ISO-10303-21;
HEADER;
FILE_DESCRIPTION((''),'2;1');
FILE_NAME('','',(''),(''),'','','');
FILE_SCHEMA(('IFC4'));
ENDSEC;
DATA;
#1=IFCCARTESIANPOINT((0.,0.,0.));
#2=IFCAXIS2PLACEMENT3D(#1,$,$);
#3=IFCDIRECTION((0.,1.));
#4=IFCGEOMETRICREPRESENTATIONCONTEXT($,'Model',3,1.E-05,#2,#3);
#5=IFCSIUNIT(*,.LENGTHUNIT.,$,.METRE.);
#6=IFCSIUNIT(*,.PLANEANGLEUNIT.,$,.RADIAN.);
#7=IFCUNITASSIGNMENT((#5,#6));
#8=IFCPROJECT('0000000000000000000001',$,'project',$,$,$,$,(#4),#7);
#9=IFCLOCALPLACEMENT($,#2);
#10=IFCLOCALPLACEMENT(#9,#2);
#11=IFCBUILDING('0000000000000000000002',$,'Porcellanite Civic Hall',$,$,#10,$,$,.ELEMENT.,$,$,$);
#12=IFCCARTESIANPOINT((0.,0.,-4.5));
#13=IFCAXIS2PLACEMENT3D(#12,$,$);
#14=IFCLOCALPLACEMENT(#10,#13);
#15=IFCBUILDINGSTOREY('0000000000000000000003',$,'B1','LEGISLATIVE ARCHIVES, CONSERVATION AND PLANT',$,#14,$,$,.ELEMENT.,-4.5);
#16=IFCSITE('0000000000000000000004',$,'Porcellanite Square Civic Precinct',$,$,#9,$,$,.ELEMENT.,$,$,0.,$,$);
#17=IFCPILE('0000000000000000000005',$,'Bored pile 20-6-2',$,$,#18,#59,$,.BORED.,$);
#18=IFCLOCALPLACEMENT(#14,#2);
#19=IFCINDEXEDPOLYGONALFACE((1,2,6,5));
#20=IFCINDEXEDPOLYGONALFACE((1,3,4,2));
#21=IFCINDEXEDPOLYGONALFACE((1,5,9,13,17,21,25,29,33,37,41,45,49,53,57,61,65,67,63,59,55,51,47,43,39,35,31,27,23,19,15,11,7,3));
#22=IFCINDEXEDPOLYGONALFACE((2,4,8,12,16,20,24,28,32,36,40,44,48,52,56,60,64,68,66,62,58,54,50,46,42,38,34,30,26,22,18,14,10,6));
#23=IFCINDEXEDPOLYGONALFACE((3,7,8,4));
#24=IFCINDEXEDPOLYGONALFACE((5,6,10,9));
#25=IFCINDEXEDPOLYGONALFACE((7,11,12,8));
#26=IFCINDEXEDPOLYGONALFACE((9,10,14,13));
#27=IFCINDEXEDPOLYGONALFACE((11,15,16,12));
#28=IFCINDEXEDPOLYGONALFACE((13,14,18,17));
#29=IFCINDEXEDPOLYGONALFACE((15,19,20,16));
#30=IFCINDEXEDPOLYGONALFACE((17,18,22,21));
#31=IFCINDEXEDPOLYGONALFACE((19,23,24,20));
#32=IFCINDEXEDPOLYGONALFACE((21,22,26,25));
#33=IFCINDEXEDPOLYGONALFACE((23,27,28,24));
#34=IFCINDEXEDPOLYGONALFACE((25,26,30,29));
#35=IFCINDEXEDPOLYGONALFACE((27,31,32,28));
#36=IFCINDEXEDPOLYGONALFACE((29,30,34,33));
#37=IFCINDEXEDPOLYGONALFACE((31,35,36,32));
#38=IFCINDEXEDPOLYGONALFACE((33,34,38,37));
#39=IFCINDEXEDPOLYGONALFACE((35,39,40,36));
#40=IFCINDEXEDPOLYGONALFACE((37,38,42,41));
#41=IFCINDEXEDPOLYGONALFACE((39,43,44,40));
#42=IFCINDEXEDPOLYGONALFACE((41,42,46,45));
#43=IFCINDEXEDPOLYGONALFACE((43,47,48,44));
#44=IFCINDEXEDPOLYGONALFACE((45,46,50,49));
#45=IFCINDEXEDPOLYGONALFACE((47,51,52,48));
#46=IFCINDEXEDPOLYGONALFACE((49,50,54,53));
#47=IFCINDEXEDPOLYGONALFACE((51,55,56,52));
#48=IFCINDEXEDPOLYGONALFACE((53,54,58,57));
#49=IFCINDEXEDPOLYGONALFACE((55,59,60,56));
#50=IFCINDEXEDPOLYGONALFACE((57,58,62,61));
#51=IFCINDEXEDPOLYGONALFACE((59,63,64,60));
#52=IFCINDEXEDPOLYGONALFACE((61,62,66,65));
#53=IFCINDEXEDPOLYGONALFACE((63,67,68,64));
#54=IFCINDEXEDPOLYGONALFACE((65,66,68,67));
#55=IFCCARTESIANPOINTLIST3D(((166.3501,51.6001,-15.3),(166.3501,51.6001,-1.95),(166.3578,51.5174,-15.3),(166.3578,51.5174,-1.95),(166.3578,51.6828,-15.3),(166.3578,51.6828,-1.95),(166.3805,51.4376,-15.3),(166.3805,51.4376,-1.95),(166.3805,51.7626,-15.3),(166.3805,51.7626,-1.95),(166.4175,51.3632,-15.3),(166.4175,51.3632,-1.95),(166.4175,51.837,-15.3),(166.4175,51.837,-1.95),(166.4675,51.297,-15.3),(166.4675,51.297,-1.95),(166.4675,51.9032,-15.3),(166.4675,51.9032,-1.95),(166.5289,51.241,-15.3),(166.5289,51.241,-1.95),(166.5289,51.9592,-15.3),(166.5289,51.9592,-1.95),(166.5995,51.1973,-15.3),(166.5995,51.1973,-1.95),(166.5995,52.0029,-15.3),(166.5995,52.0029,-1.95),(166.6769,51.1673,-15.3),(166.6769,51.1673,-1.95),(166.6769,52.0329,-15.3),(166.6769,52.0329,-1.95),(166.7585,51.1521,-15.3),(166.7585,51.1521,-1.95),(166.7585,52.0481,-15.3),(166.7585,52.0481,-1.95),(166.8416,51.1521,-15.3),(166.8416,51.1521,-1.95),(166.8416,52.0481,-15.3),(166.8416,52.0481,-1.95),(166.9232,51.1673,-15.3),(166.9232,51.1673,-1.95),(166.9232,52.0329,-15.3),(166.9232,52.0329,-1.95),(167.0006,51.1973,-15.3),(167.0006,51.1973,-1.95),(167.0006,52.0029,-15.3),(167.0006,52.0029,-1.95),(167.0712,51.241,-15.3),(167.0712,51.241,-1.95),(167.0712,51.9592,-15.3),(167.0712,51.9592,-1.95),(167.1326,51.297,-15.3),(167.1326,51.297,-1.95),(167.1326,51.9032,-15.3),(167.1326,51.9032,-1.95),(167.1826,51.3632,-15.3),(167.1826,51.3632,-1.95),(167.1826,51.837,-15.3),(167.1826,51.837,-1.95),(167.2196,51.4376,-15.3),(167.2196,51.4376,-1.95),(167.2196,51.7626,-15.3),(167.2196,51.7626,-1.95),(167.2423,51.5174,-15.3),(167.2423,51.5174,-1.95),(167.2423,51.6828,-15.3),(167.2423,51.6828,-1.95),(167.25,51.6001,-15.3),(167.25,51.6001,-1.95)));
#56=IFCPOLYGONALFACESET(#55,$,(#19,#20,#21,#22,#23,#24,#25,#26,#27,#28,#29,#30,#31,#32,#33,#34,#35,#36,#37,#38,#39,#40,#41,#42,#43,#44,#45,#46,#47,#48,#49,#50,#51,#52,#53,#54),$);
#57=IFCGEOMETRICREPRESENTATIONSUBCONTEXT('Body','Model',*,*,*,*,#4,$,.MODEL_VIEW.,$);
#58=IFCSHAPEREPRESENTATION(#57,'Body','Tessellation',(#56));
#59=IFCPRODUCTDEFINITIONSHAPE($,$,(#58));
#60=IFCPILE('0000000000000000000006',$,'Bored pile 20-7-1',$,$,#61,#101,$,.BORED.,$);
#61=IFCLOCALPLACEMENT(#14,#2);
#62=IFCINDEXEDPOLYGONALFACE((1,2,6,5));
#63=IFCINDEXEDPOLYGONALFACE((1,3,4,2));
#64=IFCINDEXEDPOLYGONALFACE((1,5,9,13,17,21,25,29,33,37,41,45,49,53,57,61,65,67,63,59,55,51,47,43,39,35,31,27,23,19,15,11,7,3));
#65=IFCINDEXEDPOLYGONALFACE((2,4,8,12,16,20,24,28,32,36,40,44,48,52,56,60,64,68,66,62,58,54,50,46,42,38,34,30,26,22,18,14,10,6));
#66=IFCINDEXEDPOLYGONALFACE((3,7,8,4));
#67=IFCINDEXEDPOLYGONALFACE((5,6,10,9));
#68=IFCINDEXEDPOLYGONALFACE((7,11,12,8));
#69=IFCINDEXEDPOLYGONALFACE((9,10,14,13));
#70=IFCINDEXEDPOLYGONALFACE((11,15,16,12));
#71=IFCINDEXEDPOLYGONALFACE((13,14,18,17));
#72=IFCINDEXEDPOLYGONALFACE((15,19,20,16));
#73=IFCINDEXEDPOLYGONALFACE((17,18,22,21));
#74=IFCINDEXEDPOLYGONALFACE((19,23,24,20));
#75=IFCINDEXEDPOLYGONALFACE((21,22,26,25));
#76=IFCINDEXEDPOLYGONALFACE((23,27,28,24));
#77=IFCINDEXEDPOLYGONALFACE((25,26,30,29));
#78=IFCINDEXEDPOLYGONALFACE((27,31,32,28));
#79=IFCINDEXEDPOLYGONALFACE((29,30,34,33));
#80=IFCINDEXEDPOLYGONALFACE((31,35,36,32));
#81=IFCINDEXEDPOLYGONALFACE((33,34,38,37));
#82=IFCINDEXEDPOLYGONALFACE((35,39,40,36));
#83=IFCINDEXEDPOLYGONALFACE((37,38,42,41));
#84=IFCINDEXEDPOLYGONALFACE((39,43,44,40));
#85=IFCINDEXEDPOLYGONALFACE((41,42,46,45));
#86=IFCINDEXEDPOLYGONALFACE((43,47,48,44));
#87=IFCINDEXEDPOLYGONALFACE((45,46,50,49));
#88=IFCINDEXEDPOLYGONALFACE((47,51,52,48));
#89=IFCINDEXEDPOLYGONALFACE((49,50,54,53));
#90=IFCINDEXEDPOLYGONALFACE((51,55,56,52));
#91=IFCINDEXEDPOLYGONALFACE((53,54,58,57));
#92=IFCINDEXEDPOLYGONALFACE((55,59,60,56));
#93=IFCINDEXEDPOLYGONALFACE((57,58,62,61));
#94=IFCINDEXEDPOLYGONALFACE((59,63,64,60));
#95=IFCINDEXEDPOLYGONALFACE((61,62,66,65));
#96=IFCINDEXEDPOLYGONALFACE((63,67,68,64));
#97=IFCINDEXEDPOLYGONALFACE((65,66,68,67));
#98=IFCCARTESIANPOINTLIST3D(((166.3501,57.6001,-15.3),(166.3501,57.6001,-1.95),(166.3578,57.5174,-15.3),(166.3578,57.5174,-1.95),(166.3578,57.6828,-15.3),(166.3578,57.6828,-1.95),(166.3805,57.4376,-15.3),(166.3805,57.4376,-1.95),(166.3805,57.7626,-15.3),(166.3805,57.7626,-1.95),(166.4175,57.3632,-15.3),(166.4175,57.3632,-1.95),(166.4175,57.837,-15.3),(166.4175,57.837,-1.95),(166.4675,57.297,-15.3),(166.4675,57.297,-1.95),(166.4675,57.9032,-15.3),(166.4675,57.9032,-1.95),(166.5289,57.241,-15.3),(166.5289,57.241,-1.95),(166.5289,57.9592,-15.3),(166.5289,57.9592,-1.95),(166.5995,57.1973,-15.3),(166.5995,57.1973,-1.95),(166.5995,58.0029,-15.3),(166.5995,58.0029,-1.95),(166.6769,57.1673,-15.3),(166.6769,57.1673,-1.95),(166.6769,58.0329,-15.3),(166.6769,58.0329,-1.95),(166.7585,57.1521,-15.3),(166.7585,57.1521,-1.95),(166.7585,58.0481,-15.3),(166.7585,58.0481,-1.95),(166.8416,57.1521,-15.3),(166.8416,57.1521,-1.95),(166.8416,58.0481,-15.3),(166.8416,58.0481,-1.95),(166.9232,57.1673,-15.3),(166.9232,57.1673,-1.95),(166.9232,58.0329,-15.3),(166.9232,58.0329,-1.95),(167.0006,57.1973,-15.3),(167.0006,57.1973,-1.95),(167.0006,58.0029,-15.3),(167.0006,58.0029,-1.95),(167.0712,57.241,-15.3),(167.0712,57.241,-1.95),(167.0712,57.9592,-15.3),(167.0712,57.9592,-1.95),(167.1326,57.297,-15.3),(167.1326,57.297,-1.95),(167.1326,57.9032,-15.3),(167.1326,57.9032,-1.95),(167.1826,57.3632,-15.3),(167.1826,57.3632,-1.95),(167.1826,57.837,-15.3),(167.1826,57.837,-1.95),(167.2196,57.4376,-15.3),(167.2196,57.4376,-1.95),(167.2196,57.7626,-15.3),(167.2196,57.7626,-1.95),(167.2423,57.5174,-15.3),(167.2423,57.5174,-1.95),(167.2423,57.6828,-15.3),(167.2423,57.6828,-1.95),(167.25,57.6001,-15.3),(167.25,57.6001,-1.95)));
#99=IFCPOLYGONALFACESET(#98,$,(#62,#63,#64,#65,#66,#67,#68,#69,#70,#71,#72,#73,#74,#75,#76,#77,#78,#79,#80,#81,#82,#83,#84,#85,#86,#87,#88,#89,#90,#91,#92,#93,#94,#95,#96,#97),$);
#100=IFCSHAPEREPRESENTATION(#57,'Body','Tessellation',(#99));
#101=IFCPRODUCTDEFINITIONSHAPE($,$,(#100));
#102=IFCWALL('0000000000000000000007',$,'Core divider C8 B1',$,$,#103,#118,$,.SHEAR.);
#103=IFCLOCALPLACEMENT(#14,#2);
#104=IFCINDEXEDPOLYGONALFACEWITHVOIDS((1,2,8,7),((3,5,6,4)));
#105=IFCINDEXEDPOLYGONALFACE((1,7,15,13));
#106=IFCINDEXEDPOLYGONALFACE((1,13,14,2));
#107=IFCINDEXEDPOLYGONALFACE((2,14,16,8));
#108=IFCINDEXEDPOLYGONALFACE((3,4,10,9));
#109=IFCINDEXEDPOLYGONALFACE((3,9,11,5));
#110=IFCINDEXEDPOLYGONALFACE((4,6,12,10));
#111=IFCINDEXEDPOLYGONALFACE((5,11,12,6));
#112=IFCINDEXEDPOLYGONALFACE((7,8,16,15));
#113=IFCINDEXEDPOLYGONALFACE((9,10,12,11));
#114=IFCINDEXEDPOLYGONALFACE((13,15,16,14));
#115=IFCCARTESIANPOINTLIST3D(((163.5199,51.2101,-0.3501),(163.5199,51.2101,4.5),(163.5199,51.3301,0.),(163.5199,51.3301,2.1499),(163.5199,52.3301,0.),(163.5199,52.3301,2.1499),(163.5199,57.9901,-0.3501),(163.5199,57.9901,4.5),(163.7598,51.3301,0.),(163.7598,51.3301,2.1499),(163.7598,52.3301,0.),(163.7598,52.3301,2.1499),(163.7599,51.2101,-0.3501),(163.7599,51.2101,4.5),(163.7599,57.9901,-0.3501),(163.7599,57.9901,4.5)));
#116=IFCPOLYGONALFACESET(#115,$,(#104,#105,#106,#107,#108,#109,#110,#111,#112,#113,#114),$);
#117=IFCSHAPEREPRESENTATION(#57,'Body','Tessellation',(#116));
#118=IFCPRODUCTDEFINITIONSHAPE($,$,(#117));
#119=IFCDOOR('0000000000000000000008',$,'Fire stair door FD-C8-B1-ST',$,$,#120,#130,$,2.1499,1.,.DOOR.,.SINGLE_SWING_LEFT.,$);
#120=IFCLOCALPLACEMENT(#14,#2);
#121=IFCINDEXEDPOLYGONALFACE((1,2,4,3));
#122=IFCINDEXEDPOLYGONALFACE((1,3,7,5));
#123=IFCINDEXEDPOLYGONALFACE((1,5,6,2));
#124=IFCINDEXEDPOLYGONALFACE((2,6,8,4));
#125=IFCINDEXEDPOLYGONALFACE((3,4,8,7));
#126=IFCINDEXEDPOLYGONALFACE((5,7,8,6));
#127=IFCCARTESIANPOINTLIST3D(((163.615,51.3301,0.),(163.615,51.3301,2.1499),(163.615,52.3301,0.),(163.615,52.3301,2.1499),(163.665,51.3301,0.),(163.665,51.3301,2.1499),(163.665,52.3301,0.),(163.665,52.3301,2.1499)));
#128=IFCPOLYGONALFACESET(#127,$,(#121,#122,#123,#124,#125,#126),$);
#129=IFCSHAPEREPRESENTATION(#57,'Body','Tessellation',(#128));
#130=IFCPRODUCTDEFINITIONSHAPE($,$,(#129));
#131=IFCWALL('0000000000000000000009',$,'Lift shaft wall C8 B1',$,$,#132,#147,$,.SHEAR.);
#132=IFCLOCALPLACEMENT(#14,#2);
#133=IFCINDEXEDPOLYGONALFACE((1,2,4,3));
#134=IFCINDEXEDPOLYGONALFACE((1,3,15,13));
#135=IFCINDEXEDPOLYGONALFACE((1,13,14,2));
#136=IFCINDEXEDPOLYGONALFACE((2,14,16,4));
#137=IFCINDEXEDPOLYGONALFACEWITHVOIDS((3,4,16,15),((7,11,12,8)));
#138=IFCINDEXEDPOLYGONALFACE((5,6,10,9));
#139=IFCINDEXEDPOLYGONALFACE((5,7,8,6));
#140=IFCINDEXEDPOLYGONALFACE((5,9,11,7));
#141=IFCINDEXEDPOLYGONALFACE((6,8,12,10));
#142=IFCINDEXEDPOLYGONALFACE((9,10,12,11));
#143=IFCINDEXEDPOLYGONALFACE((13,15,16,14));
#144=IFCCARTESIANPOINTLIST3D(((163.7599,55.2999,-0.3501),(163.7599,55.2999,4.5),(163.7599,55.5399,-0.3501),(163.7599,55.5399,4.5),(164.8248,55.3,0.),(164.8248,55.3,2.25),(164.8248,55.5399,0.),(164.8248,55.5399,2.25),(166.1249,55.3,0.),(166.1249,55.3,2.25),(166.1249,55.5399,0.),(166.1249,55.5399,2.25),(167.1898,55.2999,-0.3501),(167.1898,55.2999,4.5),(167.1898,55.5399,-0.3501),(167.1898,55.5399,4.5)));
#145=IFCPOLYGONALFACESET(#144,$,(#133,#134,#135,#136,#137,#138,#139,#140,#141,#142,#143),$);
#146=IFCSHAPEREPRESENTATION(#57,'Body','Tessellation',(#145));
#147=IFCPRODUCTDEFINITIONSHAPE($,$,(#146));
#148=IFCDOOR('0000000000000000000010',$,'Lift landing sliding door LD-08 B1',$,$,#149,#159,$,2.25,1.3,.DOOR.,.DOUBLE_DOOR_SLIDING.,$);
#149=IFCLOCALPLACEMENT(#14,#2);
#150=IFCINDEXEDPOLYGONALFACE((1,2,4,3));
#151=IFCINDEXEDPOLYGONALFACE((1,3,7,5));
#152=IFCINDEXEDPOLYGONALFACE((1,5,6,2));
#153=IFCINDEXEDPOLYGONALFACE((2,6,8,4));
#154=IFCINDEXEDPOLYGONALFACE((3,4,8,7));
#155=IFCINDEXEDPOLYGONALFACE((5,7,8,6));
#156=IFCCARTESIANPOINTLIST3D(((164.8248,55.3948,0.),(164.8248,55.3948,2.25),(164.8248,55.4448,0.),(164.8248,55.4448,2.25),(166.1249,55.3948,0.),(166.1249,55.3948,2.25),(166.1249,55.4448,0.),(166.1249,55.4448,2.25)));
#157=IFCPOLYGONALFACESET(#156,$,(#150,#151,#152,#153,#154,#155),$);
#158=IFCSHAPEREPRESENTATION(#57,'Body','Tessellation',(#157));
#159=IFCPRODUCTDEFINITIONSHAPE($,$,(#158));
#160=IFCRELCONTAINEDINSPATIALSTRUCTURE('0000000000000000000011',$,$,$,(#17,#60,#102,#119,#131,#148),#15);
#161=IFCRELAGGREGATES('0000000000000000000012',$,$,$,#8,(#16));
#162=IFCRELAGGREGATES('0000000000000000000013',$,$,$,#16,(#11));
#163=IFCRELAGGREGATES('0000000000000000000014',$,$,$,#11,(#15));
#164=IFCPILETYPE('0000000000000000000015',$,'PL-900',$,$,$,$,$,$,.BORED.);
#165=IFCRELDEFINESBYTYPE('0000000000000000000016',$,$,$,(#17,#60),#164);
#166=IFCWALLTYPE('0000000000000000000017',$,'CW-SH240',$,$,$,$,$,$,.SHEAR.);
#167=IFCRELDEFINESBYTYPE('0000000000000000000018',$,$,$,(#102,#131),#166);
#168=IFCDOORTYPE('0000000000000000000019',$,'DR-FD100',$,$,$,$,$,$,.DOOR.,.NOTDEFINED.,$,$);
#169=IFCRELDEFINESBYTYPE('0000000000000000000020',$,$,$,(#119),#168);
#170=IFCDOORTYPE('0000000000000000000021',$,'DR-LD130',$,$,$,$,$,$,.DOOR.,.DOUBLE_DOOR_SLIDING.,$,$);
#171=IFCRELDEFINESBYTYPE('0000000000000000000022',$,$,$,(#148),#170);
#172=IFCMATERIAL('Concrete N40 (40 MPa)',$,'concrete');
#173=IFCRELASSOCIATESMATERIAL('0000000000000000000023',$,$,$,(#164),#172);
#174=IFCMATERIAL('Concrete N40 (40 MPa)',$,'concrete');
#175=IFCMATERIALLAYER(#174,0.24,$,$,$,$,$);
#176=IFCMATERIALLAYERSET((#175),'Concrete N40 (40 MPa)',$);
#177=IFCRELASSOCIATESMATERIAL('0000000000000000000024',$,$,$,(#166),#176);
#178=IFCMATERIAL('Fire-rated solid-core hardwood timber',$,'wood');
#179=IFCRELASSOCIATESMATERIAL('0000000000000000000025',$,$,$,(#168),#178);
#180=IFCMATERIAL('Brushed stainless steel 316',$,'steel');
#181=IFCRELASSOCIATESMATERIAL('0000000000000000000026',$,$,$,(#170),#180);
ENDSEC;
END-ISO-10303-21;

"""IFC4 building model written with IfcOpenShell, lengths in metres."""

from ifc_helpers import new_model, si_unit, direction, frame, frame_2d, origin, origin_2d, place, context, subcontext, project, spatial, rectangle, circle, extrude, material, layer, layer_set, material_profile, profile_set, type_object, element, fill, save


model = new_model("IFC4")

# Units and contexts
model_context = context("Model", 3, precision=1e-05, world=origin(), true_north=direction((0.0, 1.0)))
body_context = subcontext(model_context, "Body", "Model", "MODEL_VIEW")
ifc_project = project(units=[si_unit("LENGTHUNIT", "METRE"), si_unit("PLANEANGLEUNIT", "RADIAN")], contexts=[model_context])

# Site, building, storey
site_placement = place(None, origin())
site = spatial("IfcSite", under=ifc_project, at=site_placement, Name="Porcellanite Square Civic Precinct", CompositionType="ELEMENT", RefElevation=0.0)
building_placement = place(site_placement, origin())
building = spatial("IfcBuilding", under=site, at=building_placement, Name="Porcellanite Civic Hall", CompositionType="ELEMENT")
storey_placement = place(building_placement, frame((0.0, 0.0, -4.5)))
storey = spatial("IfcBuildingStorey", under=building, at=storey_placement, Name="B1", Description="LEGISLATIVE ARCHIVES, CONSERVATION AND PLANT", CompositionType="ELEMENT", Elevation=-4.5)

# Piles
ifc_material_1 = material(Name="Concrete N40 (40 MPa)", Category="concrete")
ifc_material_profile_1 = material_profile(ifc_material_1, circle(Radius=0.45, at=origin_2d()), Name="PILE-D900")
ifc_profile_set_1 = profile_set([ifc_material_profile_1], Name="Concrete N40 (40 MPa)")
pile_type = type_object("IfcPileType", Name="PL-900", PredefinedType="BORED", material=ifc_profile_set_1)
for number, where, z_axis, x_axis, name in (
    (1, (166.8, 51.6001, -1.95), (0.0, 0.0, -1.0), (1.0, 0.0, 0.0), "Bored pile 20-6-2"),
    (2, (166.8, 57.6001, -1.95), (0.0, 0.0, -1.0), (1.0, 0.0, 0.0), "Bored pile 20-7-1"),
):
    element("IfcPile", number, at=place(storey_placement, frame(where, z_axis=z_axis, x_axis=x_axis)), inside=storey, type_object=pile_type, Name=name, PredefinedType="BORED", context=body_context, shape_type="SweptSolid", body=[
        extrude(circle(Radius=0.45, at=origin_2d()), origin(), (0.0, 0.0, 1.0), 13.3501),
    ])

# Walls, openings, doors
ifc_material_2 = material(Name="Concrete N40 (40 MPa)", Category="concrete")
ifc_layer_1 = layer(ifc_material_2, 0.24)
ifc_layer_set_1 = layer_set([ifc_layer_1], Name="Concrete N40 (40 MPa)")
wall_type_1 = type_object("IfcWallType", Name="CW-SH240", PredefinedType="SHEAR", material=ifc_layer_set_1)
wall_1_placement = place(storey_placement, frame((163.6399, 51.21, -0.3501), z_axis=(0.0, 0.0, 1.0), x_axis=(0.0, 1.0, 0.0)))
wall_1 = element("IfcWall", 3, at=wall_1_placement, inside=storey, type_object=wall_type_1, Name="Core divider C8 B1", PredefinedType="SHEAR", context=body_context, shape_type="SweptSolid", body=[
    extrude(rectangle(XDim=6.78, YDim=0.24, at=frame_2d((3.3901, 0.0))), origin(), (0.0, 0.0, 1.0), 4.8501),
])
opening_1_placement = place(wall_1_placement, frame((0.1201, 0.0, 0.3501)))
opening_1 = element("IfcOpeningElement", 4, at=opening_1_placement, cuts=wall_1, PredefinedType="OPENING", context=body_context, shape_type="SweptSolid", body=[
    extrude(rectangle(XDim=1.0, YDim=2.1499, at=frame_2d((0.5, 1.075))), frame((0.0, 0.1201, 0.0), z_axis=(0.0, -1.0, 0.0), x_axis=(1.0, 0.0, 0.0)), (0.0, 0.0, 1.0), 0.24),
])
ifc_material_3 = material(Name="Fire-rated solid-core hardwood timber", Category="wood")
door_type_1 = type_object("IfcDoorType", Name="DR-FD100", OperationType="NOTDEFINED", PredefinedType="DOOR", material=ifc_material_3)
door_1_placement = place(opening_1_placement, origin())
door_1 = element("IfcDoor", 5, at=door_1_placement, inside=storey, type_object=door_type_1, Name="Fire stair door FD-C8-B1-ST", OperationType="SINGLE_SWING_LEFT", OverallHeight=2.1499, OverallWidth=1.0, PredefinedType="DOOR", context=body_context, shape_type="SweptSolid", body=[
    extrude(rectangle(XDim=1.0, YDim=2.1499, at=frame_2d((0.5, 1.075))), frame((0.0, 0.0249, 0.0), z_axis=(0.0, -1.0, 0.0), x_axis=(1.0, 0.0, 0.0)), (0.0, 0.0, 1.0), 0.05),
])
fill(opening_1, door_1)
wall_2_placement = place(storey_placement, frame((163.76, 55.4199, -0.3501), z_axis=(0.0, 0.0, 1.0), x_axis=(1.0, 0.0, 0.0)))
wall_2 = element("IfcWall", 6, at=wall_2_placement, inside=storey, type_object=wall_type_1, Name="Lift shaft wall C8 B1", PredefinedType="SHEAR", context=body_context, shape_type="SweptSolid", body=[
    extrude(rectangle(XDim=3.4299, YDim=0.24, at=frame_2d((1.7148, 0.0))), origin(), (0.0, 0.0, 1.0), 4.8501),
])
opening_2_placement = place(wall_2_placement, frame((1.0649, 0.0, 0.3501)))
opening_2 = element("IfcOpeningElement", 7, at=opening_2_placement, cuts=wall_2, PredefinedType="OPENING", context=body_context, shape_type="SweptSolid", body=[
    extrude(rectangle(XDim=1.3, YDim=2.25, at=frame_2d((0.6499, 1.125))), frame((0.0, 0.1201, 0.0), z_axis=(0.0, -1.0, 0.0), x_axis=(1.0, 0.0, 0.0)), (0.0, 0.0, 1.0), 0.24),
])
ifc_material_4 = material(Name="Brushed stainless steel 316", Category="steel")
door_type_2 = type_object("IfcDoorType", Name="DR-LD130", OperationType="DOUBLE_DOOR_SLIDING", PredefinedType="DOOR", material=ifc_material_4)
door_2_placement = place(opening_2_placement, origin())
door_2 = element("IfcDoor", 8, at=door_2_placement, inside=storey, type_object=door_type_2, Name="Lift landing sliding door LD-08 B1", OperationType="DOUBLE_DOOR_SLIDING", OverallHeight=2.25, OverallWidth=1.3, PredefinedType="DOOR", context=body_context, shape_type="SweptSolid", body=[
    extrude(rectangle(XDim=1.3, YDim=2.25, at=frame_2d((0.6499, 1.125))), frame((0.0, 0.0249, 0.0), z_axis=(0.0, -1.0, 0.0), x_axis=(1.0, 0.0, 0.0)), (0.0, 0.0, 1.0), 0.05),
])
fill(opening_2, door_2)

save(model, "model.ifc")
